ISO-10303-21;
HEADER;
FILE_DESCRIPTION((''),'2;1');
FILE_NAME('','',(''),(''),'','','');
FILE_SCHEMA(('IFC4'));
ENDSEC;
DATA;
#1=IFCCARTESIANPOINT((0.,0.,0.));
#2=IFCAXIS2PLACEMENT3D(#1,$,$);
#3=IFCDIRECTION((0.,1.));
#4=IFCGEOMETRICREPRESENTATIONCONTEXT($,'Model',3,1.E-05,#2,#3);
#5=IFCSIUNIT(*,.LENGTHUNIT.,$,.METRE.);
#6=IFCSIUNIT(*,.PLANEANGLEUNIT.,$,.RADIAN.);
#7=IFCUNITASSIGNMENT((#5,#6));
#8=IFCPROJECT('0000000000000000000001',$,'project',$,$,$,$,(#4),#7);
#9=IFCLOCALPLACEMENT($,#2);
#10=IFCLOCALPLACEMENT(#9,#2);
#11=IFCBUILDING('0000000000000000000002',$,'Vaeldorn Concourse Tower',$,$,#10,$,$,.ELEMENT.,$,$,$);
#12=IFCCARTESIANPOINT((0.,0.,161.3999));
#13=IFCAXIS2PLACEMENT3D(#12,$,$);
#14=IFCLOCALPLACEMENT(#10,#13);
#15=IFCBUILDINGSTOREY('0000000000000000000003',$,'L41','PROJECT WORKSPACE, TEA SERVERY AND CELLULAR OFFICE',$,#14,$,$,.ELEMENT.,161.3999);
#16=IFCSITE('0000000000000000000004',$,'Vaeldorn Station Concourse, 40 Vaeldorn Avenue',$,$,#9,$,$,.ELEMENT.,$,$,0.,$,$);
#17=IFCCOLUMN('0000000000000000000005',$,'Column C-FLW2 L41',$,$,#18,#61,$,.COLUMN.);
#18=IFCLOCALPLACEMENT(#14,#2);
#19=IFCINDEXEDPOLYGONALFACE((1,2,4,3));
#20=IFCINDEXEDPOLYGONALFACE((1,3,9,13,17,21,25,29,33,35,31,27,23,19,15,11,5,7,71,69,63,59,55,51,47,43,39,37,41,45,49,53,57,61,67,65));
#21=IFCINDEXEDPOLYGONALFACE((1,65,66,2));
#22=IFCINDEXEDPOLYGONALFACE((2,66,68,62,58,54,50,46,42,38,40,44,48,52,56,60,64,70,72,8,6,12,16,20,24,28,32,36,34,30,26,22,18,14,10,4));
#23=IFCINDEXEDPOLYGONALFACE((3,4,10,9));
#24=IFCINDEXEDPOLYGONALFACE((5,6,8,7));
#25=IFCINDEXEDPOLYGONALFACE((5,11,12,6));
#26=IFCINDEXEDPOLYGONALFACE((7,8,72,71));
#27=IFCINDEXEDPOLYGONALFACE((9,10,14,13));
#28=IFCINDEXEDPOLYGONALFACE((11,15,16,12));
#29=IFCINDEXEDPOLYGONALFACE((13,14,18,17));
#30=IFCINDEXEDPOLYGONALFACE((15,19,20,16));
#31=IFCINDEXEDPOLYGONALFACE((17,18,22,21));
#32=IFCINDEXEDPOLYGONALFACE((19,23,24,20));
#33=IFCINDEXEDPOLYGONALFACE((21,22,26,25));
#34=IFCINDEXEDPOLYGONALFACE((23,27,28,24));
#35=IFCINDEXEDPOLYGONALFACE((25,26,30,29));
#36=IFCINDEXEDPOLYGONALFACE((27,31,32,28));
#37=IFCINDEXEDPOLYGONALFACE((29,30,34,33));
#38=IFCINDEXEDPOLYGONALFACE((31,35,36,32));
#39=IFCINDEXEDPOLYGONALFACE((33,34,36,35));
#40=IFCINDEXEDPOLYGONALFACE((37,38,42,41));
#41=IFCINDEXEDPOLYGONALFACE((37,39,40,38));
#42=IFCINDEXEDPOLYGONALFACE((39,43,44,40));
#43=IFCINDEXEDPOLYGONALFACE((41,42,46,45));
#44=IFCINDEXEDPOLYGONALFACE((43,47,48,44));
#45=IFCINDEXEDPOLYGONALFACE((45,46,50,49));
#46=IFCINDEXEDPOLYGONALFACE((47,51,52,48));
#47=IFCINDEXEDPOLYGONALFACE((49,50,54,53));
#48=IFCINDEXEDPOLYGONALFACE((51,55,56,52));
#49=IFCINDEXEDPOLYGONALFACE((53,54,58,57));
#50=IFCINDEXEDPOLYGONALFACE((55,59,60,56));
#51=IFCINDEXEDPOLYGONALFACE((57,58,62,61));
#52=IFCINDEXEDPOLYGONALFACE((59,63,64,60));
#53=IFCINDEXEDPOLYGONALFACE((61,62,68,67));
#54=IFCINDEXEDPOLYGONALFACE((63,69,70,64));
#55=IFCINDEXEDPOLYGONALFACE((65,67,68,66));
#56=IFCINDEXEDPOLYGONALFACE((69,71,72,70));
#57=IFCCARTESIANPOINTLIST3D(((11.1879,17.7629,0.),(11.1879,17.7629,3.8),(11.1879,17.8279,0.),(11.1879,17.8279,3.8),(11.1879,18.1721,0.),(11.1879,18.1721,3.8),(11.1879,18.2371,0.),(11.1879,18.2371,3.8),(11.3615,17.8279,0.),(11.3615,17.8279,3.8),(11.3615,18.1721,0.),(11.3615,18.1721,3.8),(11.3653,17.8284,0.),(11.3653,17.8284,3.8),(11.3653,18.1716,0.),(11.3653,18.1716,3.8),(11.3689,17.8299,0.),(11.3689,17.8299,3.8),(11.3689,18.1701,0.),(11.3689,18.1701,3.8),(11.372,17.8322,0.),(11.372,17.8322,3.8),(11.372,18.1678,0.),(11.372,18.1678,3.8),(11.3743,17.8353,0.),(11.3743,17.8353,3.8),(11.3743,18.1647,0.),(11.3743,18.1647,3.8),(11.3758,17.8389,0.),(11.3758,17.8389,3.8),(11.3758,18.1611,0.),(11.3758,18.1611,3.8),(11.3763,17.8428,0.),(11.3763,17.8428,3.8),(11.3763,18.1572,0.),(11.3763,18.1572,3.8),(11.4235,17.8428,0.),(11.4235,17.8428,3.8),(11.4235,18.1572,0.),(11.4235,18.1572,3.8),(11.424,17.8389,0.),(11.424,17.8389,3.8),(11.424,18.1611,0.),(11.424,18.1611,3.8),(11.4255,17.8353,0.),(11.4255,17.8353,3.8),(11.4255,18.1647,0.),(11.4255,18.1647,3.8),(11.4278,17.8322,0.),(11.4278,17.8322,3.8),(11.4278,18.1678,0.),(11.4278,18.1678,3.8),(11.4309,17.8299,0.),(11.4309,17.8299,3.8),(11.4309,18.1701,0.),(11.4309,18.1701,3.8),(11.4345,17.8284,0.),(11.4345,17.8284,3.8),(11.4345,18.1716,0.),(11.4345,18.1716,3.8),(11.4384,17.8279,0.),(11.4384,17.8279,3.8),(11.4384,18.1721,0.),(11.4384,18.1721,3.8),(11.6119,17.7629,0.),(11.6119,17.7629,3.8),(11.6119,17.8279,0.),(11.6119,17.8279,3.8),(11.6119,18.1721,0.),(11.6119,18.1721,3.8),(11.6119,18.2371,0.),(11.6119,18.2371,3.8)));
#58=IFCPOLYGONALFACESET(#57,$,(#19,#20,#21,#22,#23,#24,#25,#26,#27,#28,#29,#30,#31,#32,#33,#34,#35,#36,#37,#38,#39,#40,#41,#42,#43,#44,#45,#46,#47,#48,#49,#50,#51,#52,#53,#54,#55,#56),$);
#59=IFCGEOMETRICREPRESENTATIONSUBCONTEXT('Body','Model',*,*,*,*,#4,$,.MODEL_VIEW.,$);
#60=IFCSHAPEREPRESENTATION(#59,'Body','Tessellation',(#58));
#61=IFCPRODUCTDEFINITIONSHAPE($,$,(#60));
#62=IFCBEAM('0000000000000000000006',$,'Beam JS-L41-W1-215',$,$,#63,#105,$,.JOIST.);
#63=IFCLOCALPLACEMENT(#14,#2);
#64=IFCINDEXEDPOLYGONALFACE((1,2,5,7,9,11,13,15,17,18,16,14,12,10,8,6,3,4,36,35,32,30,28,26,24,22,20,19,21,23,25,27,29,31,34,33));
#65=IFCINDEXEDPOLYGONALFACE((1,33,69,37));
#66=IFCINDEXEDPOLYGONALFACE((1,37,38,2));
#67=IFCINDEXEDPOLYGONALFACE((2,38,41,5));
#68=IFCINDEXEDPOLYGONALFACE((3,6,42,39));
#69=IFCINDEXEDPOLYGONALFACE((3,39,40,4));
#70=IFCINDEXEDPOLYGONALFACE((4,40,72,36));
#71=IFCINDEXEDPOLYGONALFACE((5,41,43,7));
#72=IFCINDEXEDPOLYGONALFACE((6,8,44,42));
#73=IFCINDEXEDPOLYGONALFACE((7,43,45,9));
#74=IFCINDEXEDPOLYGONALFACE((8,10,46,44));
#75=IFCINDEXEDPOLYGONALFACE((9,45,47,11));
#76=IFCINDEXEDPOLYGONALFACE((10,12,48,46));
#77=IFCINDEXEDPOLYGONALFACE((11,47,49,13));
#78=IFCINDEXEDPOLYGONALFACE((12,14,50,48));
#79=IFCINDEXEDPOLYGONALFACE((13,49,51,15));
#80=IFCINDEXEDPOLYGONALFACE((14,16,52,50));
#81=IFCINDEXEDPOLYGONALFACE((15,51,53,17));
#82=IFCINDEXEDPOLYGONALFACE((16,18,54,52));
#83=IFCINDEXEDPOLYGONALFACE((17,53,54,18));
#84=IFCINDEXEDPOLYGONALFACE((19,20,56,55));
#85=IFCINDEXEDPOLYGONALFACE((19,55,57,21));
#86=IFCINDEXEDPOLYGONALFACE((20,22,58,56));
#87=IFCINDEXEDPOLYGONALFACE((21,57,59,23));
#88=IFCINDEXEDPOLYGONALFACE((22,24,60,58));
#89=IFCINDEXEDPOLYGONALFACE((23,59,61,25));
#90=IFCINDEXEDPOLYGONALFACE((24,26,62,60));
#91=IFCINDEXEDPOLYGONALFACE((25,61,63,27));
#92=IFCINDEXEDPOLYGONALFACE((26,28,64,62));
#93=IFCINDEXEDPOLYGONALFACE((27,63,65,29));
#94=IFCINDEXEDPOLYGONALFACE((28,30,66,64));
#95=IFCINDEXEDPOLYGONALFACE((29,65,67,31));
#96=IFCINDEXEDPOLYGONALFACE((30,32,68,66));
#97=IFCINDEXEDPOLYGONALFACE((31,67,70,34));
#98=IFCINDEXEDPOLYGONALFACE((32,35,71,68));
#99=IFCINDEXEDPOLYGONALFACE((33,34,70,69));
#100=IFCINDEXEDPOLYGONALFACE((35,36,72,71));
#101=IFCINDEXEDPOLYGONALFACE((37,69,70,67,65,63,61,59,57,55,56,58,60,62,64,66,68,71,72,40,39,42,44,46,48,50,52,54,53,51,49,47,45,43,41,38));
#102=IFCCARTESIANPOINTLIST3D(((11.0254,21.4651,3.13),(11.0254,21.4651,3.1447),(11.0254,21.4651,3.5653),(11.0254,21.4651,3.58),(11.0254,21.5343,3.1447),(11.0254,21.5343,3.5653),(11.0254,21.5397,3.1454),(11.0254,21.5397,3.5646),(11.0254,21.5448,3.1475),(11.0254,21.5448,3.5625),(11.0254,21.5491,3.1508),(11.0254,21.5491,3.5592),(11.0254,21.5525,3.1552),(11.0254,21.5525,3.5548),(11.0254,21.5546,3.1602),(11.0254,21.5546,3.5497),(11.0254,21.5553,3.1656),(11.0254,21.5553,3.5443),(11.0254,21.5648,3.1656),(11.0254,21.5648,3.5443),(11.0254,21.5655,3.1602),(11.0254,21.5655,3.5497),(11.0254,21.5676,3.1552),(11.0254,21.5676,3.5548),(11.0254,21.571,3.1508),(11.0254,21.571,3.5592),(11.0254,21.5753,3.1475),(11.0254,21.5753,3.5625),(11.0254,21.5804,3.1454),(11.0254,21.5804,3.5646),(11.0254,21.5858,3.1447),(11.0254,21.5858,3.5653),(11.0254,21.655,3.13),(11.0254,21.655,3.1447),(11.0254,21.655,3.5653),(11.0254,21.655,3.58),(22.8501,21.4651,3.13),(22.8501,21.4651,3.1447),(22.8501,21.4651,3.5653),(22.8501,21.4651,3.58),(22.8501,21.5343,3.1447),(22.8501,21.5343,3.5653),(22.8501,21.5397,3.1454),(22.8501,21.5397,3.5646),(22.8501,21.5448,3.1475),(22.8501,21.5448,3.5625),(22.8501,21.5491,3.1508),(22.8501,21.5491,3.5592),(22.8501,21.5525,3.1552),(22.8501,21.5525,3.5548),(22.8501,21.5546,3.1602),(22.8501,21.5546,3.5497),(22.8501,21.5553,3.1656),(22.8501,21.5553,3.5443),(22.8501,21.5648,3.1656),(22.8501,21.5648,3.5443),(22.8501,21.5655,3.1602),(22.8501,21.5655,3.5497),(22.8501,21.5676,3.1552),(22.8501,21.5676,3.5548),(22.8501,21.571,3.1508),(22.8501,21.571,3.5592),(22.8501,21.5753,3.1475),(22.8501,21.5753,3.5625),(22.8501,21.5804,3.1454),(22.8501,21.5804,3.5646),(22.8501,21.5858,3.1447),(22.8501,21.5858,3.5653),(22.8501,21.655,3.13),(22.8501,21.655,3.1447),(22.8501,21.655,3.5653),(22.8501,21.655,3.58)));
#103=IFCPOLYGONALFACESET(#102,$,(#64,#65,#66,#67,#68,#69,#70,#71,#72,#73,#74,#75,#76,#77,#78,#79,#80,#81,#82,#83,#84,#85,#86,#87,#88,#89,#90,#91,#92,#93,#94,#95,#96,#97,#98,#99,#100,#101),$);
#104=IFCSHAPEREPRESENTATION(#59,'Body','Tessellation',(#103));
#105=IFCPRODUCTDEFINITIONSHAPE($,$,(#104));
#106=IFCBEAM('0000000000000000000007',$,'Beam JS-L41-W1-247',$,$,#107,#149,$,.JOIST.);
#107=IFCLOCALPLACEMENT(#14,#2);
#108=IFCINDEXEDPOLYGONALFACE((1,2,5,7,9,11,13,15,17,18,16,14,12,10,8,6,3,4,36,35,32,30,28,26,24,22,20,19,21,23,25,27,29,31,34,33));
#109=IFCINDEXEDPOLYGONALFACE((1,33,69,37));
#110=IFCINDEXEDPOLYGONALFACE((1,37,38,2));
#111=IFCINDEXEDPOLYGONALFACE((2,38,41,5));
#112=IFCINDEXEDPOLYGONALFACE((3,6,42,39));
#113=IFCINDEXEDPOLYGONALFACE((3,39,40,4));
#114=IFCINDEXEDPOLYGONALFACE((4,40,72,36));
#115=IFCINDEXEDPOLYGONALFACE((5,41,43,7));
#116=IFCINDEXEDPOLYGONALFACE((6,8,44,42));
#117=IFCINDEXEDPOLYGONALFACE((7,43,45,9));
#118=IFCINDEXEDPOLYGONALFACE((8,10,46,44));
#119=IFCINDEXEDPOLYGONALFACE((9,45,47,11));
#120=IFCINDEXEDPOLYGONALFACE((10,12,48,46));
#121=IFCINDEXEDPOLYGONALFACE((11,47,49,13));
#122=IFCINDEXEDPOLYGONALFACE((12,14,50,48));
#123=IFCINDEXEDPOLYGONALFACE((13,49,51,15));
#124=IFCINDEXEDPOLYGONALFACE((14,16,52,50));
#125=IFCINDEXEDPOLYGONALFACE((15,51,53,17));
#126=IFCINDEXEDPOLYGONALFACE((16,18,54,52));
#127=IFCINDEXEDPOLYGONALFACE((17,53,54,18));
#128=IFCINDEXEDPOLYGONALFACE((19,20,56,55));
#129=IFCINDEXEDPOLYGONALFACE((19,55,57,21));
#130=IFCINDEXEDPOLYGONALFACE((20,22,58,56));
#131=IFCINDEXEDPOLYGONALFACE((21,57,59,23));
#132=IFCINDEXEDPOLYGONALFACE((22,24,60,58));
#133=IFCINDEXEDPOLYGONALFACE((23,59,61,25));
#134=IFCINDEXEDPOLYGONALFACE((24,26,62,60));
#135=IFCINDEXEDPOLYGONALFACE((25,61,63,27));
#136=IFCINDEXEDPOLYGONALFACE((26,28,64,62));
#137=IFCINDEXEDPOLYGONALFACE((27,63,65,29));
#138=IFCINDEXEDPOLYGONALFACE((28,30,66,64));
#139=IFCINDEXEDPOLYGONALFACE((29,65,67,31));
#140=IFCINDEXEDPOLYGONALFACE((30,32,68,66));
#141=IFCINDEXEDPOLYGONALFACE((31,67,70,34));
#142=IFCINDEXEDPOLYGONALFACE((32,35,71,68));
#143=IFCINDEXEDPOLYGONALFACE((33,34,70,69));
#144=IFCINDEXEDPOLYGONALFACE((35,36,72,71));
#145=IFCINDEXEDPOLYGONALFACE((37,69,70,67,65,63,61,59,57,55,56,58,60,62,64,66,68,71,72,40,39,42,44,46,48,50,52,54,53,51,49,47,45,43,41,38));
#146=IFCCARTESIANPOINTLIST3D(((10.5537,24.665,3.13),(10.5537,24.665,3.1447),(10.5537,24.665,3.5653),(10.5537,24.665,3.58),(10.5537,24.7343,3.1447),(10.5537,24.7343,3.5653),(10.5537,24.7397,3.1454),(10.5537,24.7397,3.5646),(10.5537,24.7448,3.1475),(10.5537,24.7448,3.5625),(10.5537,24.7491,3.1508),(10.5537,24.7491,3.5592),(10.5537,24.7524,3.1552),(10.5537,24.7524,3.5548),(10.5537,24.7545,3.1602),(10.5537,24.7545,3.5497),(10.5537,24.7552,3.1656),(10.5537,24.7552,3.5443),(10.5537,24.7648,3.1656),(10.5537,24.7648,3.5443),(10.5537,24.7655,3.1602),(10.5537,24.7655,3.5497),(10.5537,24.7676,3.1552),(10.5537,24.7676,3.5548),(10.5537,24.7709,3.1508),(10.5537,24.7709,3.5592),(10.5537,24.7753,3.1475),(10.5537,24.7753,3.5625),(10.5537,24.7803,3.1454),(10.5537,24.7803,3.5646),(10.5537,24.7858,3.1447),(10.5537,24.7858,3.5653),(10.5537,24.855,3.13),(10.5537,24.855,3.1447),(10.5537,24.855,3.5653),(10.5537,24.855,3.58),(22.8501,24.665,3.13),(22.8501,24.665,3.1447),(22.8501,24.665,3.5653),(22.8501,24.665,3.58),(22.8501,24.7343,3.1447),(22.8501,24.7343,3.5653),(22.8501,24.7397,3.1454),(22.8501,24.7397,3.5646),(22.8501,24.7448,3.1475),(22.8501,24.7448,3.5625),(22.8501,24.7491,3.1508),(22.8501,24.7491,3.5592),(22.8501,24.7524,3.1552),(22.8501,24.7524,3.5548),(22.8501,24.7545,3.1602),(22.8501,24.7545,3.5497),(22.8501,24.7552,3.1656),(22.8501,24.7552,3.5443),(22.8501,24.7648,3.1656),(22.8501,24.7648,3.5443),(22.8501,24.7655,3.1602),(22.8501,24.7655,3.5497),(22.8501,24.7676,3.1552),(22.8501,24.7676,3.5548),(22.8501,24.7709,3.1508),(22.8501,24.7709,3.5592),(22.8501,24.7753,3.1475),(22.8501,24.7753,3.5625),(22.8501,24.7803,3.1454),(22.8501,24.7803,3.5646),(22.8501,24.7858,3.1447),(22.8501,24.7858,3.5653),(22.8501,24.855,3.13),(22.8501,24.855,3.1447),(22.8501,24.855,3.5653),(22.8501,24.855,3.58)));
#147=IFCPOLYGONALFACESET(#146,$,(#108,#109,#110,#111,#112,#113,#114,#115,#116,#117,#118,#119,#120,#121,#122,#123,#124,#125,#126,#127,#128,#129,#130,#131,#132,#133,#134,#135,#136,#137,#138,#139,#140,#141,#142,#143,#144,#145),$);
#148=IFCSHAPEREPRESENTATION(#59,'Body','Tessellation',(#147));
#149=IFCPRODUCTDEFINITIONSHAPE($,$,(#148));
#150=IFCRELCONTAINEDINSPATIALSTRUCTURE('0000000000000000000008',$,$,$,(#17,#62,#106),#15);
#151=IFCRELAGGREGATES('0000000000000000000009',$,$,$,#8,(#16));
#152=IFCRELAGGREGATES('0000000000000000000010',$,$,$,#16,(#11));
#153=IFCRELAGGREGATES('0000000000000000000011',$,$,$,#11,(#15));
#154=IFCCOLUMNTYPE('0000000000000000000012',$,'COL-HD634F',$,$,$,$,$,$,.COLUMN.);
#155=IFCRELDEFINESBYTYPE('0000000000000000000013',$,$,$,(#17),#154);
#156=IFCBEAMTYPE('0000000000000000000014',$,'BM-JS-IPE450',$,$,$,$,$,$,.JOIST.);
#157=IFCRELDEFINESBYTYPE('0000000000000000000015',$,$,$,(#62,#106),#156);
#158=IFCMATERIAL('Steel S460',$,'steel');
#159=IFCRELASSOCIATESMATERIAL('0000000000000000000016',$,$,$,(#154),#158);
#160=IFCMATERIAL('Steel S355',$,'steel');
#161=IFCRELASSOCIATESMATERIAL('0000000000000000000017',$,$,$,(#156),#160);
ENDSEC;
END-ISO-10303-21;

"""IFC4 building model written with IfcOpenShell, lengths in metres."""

from ifc_helpers import new_model, si_unit, direction, frame, origin, origin_2d, place, context, subcontext, project, spatial, i_section, extrude, source, transform, mapped, material, material_profile, profile_set, type_object, element, save


model = new_model("IFC4")

# Units and contexts
model_context = context("Model", 3, precision=1e-05, world=origin(), true_north=direction((0.0, 1.0)))
body_context = subcontext(model_context, "Body", "Model", "MODEL_VIEW")
ifc_project = project(units=[si_unit("LENGTHUNIT", "METRE"), si_unit("PLANEANGLEUNIT", "RADIAN")], contexts=[model_context])

# Site, building, storey
site_placement = place(None, origin())
site = spatial("IfcSite", under=ifc_project, at=site_placement, Name="Vaeldorn Station Concourse, 40 Vaeldorn Avenue", CompositionType="ELEMENT", RefElevation=0.0)
building_placement = place(site_placement, origin())
building = spatial("IfcBuilding", under=site, at=building_placement, Name="Vaeldorn Concourse Tower", CompositionType="ELEMENT")
storey_placement = place(building_placement, frame((0.0, 0.0, 161.3999)))
storey = spatial("IfcBuildingStorey", under=building, at=storey_placement, Name="L41", Description="PROJECT WORKSPACE, TEA SERVERY AND CELLULAR OFFICE", CompositionType="ELEMENT", Elevation=161.3999)

# Column
ifc_material_1 = material(Name="Steel S460", Category="steel")
ifc_material_profile_1 = material_profile(ifc_material_1, i_section(OverallWidth=0.4241, OverallDepth=0.4741, WebThickness=0.0471, FlangeThickness=0.0649, FilletRadius=0.0149, at=origin_2d()), Name="HD 400x634")
ifc_profile_set_1 = profile_set([ifc_material_profile_1], Name="Steel S460")
column_type = type_object("IfcColumnType", Name="COL-HD634F", PredefinedType="COLUMN", material=ifc_profile_set_1)
shared_shape_1 = source(origin(), body_context, "Body", "SweptSolid", [
    extrude(i_section(OverallWidth=0.4241, OverallDepth=0.4741, WebThickness=0.0471, FlangeThickness=0.0649, FilletRadius=0.0149, at=origin_2d()), origin(), (0.0, 0.0, 1.0), 3.8),
])
column_placement = place(storey_placement, frame((11.3999, 18.0, 0.0), z_axis=(0.0, 0.0, 1.0), x_axis=(1.0, 0.0, 0.0)))
element("IfcColumn", 1, at=column_placement, inside=storey, type_object=column_type, Name="Column C-FLW2 L41", PredefinedType="COLUMN", context=body_context, shape_type="MappedRepresentation", body=[
    mapped(shared_shape_1, transform((0.0, 0.0, 0.0), scale=1.0)),
])

# Beams
ifc_material_2 = material(Name="Steel S355", Category="steel")
ifc_material_profile_2 = material_profile(ifc_material_2, i_section(OverallWidth=0.1899, OverallDepth=0.45, WebThickness=0.0095, FlangeThickness=0.0146, FilletRadius=0.021, at=origin_2d()), Name="IPE 450")
ifc_profile_set_2 = profile_set([ifc_material_profile_2], Name="Steel S355")
beam_type_1 = type_object("IfcBeamType", Name="BM-JS-IPE450", PredefinedType="JOIST", material=ifc_profile_set_2)
shared_shape_2 = source(origin(), body_context, "Body", "SweptSolid", [
    extrude(i_section(OverallWidth=0.1899, OverallDepth=0.45, WebThickness=0.0095, FlangeThickness=0.0146, FilletRadius=0.021, at=origin_2d()), origin(), (0.0, 0.0, 1.0), 11.8247),
])
beam_1_placement = place(storey_placement, frame((11.0254, 21.5601, 3.355), z_axis=(1.0, 0.0, 0.0), x_axis=(0.0, 1.0, 0.0)))
element("IfcBeam", 2, at=beam_1_placement, inside=storey, type_object=beam_type_1, Name="Beam JS-L41-W1-215", PredefinedType="JOIST", context=body_context, shape_type="MappedRepresentation", body=[
    mapped(shared_shape_2, transform((0.0, 0.0, 0.0), scale=1.0)),
])
shared_shape_3 = source(origin(), body_context, "Body", "SweptSolid", [
    extrude(i_section(OverallWidth=0.1899, OverallDepth=0.45, WebThickness=0.0095, FlangeThickness=0.0146, FilletRadius=0.021, at=origin_2d()), origin(), (0.0, 0.0, 1.0), 12.2964),
])
beam_2_placement = place(storey_placement, frame((10.5537, 24.76, 3.355), z_axis=(1.0, 0.0, 0.0), x_axis=(0.0, 1.0, 0.0)))
element("IfcBeam", 3, at=beam_2_placement, inside=storey, type_object=beam_type_1, Name="Beam JS-L41-W1-247", PredefinedType="JOIST", context=body_context, shape_type="MappedRepresentation", body=[
    mapped(shared_shape_3, transform((0.0, 0.0, 0.0), scale=1.0)),
])

save(model, "model.ifc")
